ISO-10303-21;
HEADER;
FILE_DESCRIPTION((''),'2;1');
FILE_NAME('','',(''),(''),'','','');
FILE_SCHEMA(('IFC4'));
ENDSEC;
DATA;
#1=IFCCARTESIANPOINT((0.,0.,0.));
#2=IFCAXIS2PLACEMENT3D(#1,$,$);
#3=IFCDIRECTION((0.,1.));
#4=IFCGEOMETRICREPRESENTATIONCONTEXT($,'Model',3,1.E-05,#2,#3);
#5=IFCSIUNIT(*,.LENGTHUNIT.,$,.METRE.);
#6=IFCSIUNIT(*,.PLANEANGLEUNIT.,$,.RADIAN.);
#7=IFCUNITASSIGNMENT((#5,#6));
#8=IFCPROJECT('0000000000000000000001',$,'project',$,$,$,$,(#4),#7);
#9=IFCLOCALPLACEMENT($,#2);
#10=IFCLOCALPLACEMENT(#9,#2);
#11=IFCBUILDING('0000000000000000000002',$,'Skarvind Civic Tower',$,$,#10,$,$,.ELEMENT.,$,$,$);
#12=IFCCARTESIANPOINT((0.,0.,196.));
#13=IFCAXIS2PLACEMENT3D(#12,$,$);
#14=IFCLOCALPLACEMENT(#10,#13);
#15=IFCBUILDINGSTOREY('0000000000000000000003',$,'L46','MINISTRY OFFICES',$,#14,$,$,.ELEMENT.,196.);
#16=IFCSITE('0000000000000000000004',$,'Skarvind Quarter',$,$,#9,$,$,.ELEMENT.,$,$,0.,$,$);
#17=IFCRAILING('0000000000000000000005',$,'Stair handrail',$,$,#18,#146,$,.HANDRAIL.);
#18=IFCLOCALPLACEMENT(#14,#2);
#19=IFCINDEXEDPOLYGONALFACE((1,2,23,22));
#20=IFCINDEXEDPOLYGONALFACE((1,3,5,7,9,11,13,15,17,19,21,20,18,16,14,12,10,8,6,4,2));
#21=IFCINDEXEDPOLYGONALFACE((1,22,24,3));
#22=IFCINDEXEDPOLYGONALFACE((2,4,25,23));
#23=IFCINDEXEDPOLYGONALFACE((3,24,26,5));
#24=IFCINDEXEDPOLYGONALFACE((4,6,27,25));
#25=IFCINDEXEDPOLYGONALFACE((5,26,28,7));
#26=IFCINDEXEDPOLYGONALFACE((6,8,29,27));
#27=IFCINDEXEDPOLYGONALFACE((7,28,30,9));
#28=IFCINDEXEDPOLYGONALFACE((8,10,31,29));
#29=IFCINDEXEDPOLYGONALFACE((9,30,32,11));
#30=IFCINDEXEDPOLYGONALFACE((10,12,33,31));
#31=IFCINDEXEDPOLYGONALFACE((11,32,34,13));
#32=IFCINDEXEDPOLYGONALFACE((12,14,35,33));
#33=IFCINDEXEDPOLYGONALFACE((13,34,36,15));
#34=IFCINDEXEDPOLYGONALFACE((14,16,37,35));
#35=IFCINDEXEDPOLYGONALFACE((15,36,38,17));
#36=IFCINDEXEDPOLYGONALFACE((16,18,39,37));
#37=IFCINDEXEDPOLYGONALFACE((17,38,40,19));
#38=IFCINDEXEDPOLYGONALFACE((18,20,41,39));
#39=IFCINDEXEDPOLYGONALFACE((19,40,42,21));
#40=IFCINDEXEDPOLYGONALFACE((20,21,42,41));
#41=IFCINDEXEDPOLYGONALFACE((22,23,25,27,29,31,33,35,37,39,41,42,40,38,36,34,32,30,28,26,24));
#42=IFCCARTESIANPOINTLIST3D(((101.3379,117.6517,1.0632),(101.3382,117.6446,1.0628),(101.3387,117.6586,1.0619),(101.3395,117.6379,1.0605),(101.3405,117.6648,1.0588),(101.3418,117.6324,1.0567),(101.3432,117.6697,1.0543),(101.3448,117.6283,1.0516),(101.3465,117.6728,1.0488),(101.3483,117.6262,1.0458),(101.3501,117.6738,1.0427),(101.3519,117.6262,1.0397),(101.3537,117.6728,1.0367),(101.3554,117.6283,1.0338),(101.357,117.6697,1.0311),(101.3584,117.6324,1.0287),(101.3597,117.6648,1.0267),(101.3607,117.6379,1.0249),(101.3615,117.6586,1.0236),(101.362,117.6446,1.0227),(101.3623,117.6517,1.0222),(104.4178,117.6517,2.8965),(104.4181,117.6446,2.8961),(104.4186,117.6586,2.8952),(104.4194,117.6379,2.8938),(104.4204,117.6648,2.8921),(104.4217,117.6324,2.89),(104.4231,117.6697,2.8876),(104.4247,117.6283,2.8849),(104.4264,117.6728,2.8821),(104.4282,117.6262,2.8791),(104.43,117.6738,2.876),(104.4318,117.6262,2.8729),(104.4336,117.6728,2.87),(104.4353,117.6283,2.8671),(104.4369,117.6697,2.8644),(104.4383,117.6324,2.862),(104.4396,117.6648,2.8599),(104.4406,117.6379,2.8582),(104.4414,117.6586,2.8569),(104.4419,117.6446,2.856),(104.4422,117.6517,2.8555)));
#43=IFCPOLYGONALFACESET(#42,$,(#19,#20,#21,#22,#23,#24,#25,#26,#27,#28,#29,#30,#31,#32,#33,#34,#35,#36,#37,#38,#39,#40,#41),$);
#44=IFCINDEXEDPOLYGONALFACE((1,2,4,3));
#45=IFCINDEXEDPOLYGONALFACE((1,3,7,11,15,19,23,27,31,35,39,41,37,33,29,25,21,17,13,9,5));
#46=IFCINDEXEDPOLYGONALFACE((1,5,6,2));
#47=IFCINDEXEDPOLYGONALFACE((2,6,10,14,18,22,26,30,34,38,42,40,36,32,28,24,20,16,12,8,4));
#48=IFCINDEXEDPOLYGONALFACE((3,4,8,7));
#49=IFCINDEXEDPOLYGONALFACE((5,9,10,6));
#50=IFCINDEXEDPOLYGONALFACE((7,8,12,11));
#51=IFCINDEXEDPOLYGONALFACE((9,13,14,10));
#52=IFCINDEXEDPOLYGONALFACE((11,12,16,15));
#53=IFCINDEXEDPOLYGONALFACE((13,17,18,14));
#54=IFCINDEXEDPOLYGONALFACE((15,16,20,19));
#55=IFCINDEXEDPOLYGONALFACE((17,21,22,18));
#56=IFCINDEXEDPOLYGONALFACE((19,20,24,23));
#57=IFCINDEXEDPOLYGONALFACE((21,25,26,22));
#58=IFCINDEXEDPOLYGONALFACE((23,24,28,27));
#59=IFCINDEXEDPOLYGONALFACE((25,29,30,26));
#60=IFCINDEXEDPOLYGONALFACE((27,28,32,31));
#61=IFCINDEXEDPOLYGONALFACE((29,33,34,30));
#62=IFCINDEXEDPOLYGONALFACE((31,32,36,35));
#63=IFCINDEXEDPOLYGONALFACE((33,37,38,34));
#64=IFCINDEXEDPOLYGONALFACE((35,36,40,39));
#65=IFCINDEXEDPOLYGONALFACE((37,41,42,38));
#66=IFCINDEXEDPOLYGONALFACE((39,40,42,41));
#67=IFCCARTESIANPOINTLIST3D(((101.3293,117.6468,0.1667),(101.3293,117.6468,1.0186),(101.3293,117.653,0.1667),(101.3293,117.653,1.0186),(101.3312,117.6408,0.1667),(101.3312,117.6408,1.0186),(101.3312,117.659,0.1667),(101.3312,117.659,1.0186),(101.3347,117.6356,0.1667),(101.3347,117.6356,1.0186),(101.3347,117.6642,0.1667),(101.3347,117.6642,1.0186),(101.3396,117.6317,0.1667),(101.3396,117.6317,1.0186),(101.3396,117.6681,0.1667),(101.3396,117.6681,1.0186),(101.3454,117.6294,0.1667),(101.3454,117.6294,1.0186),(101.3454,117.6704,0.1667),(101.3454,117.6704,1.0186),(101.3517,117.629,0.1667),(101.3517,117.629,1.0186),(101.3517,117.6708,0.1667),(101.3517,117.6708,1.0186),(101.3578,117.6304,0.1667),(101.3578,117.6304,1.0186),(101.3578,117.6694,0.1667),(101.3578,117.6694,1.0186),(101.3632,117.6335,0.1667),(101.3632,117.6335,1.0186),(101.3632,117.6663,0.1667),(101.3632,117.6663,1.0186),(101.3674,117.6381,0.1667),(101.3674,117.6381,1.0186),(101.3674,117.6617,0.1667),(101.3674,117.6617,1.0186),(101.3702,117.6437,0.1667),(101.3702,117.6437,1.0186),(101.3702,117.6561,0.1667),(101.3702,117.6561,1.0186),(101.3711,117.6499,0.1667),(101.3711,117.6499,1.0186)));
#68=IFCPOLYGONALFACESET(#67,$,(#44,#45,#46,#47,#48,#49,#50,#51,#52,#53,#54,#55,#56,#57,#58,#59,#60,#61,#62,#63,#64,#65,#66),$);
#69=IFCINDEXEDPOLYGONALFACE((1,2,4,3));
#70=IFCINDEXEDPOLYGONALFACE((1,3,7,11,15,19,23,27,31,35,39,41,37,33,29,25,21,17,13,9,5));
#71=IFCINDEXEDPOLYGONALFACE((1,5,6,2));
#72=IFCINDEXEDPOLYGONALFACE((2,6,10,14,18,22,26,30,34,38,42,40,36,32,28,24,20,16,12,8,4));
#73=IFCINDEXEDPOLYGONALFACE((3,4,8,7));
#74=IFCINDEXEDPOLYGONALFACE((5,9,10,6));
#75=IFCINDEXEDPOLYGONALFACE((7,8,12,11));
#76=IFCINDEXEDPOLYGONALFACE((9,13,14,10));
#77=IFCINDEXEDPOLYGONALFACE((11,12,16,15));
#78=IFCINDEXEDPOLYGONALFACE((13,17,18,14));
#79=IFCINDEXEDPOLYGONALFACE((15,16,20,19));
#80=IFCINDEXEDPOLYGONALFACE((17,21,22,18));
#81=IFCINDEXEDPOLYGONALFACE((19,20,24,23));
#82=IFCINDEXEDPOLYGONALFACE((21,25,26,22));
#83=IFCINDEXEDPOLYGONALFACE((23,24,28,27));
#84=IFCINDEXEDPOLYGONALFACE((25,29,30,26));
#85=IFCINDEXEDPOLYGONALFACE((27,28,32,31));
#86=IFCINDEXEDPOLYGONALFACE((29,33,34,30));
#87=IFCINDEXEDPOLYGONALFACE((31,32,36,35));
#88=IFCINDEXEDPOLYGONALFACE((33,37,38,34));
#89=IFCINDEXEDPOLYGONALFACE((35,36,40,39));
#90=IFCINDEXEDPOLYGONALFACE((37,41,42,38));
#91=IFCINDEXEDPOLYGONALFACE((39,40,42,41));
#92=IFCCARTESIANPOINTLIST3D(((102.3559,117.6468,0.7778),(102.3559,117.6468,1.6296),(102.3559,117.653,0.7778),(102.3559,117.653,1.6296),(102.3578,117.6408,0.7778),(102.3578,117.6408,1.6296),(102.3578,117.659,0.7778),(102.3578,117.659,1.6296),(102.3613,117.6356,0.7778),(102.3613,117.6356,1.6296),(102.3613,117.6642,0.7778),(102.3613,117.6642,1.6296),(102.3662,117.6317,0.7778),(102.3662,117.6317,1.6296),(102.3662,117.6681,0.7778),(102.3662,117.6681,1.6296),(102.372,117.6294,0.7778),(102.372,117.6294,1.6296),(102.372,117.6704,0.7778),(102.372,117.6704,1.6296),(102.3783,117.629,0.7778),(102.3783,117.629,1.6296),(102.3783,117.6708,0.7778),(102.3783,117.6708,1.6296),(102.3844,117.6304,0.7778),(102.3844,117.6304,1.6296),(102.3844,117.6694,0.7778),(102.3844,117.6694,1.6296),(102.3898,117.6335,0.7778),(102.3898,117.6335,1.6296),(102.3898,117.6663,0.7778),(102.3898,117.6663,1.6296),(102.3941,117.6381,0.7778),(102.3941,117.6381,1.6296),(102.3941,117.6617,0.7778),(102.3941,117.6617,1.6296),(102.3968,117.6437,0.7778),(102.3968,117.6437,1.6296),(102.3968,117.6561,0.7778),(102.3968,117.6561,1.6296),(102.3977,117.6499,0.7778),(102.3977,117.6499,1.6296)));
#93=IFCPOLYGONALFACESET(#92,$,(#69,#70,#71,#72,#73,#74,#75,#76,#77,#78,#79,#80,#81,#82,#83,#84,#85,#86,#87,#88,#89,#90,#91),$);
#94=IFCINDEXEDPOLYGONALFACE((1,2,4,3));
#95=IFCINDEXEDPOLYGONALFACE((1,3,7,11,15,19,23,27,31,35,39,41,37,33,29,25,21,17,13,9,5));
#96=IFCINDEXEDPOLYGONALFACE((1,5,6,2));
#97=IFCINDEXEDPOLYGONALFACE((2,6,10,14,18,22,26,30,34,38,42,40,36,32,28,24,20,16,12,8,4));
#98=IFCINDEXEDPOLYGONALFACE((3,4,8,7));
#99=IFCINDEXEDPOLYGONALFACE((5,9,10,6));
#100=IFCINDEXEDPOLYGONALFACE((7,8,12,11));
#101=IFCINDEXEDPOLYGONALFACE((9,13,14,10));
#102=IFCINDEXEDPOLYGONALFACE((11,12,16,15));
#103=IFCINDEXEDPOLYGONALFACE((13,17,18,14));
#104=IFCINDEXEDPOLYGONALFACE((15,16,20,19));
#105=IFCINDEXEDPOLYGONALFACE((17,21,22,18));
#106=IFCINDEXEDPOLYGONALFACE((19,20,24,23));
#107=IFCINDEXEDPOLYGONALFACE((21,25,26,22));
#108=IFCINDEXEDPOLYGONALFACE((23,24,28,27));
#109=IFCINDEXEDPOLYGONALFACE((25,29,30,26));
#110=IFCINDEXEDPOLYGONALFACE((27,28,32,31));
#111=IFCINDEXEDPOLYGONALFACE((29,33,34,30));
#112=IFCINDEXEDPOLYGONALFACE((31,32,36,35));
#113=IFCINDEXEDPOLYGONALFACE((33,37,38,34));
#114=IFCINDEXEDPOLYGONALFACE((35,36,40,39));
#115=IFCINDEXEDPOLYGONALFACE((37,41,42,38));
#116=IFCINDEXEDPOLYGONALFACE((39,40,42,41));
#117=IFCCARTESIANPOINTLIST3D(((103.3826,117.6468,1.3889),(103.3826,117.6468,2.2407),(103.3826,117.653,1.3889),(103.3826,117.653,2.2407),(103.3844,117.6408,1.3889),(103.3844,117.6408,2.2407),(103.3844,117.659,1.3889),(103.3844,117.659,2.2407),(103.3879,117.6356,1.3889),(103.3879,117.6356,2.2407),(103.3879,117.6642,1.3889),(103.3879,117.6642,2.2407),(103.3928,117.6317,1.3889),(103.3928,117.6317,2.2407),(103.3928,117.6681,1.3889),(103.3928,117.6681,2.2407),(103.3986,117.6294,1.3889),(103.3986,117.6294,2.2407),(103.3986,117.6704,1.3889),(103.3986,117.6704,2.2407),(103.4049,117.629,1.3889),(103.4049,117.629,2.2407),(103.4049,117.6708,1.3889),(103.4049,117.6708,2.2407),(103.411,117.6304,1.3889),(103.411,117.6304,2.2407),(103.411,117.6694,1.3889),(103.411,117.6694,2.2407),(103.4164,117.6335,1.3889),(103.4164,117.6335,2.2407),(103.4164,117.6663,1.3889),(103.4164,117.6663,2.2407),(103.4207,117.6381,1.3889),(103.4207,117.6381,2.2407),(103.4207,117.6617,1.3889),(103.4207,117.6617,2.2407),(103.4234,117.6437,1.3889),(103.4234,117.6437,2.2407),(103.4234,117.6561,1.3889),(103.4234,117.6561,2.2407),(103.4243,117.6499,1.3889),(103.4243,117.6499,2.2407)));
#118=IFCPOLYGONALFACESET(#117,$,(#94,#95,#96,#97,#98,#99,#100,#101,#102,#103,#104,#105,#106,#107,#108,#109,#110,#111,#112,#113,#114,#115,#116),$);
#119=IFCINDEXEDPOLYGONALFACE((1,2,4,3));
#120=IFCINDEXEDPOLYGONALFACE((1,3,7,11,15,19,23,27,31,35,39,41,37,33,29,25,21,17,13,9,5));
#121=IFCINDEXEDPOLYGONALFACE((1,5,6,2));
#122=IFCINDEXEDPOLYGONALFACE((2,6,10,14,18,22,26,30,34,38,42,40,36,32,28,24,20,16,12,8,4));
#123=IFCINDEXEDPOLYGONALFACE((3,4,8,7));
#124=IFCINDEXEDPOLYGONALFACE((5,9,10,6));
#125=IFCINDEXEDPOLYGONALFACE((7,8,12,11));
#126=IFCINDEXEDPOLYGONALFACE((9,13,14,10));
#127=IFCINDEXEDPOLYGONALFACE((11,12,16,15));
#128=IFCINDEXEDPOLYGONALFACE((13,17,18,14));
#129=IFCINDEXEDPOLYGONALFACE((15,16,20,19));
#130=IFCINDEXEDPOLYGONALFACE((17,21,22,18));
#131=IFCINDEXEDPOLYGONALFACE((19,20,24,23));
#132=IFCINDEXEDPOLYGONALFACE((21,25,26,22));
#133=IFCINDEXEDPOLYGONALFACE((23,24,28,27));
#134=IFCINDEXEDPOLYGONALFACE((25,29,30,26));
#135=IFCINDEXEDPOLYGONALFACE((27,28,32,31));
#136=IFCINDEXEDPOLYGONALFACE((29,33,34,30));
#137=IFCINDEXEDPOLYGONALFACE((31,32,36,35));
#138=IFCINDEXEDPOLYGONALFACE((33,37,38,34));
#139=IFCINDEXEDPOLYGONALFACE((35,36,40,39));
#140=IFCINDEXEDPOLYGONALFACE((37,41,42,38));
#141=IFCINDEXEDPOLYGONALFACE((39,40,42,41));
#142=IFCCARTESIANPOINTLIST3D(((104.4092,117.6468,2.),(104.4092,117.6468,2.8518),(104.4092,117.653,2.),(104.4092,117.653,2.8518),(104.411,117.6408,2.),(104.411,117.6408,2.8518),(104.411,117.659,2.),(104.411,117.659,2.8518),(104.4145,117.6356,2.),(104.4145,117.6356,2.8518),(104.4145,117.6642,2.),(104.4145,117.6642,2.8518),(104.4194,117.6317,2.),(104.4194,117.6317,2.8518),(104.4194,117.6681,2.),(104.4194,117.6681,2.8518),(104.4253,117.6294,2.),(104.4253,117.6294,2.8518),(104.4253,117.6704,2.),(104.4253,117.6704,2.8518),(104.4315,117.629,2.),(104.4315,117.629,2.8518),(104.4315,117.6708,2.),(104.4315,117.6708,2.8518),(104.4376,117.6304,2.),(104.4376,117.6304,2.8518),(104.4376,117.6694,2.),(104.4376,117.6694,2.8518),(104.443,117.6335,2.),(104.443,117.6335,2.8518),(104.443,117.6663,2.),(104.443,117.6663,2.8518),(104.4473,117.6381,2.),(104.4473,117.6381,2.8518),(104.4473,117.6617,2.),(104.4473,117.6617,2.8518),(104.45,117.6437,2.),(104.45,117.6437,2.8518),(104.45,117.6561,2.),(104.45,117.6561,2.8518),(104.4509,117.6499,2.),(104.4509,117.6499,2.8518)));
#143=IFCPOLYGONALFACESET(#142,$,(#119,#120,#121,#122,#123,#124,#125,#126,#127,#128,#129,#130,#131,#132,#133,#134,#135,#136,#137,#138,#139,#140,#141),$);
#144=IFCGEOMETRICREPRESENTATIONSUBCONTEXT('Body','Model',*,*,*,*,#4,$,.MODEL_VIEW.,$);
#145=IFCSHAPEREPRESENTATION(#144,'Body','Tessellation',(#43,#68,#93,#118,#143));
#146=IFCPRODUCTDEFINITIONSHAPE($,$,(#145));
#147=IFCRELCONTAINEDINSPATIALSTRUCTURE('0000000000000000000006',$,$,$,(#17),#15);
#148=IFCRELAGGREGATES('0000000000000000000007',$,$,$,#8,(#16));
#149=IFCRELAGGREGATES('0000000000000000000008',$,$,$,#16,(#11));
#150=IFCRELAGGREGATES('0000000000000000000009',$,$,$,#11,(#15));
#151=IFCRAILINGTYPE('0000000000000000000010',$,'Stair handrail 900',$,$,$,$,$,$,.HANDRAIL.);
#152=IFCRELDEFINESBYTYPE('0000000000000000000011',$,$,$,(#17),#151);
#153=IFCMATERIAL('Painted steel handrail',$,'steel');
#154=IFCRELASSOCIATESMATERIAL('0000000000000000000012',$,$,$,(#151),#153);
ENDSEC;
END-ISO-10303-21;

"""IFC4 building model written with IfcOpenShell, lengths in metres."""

from ifc_helpers import new_model, si_unit, direction, frame, origin, origin_2d, place, context, subcontext, project, spatial, circle, extrude, material, type_object, element, save


model = new_model("IFC4")

# Units and contexts
model_context = context("Model", 3, precision=1e-05, world=origin(), true_north=direction((0.0, 1.0)))
body_context = subcontext(model_context, "Body", "Model", "MODEL_VIEW")
ifc_project = project(units=[si_unit("LENGTHUNIT", "METRE"), si_unit("PLANEANGLEUNIT", "RADIAN")], contexts=[model_context])

# Site, building, storey
site_placement = place(None, origin())
site = spatial("IfcSite", under=ifc_project, at=site_placement, Name="Skarvind Quarter", CompositionType="ELEMENT", RefElevation=0.0)
building_placement = place(site_placement, origin())
building = spatial("IfcBuilding", under=site, at=building_placement, Name="Skarvind Civic Tower", CompositionType="ELEMENT")
storey_placement = place(building_placement, frame((0.0, 0.0, 196.0)))
storey = spatial("IfcBuildingStorey", under=building, at=storey_placement, Name="L46", Description="MINISTRY OFFICES", CompositionType="ELEMENT", Elevation=196.0)

# Railing
ifc_material_1 = material(Name="Painted steel handrail", Category="steel")
railing_type = type_object("IfcRailingType", Name="Stair handrail 900", PredefinedType="HANDRAIL", material=ifc_material_1)
railing_1_placement = place(storey_placement, frame((101.3501, 117.6499, 0.1667)))
element("IfcRailing", 1, at=railing_1_placement, inside=storey, type_object=railing_type, Name="Stair handrail", PredefinedType="HANDRAIL", context=body_context, shape_type="SweptSolid", body=[
    extrude(circle(Radius=0.0239, at=origin_2d()), frame((0.0, 0.0, 0.876), z_axis=(0.859291, 0.0, 0.511487), x_axis=(0.0, 1.0, 0.0)), (0.0, 0.0, 1.0), 3.5842),
    extrude(circle(Radius=0.021, at=origin_2d()), origin(), (0.0, 0.0, 1.0), 0.8518),
    extrude(circle(Radius=0.021, at=origin_2d()), frame((1.0266, 0.0, 0.6111)), (0.0, 0.0, 1.0), 0.8518),
    extrude(circle(Radius=0.021, at=origin_2d()), frame((2.0532, 0.0, 1.2222)), (0.0, 0.0, 1.0), 0.8518),
    extrude(circle(Radius=0.021, at=origin_2d()), frame((3.0798, 0.0, 1.8333)), (0.0, 0.0, 1.0), 0.8518),
])

save(model, "model.ifc")
